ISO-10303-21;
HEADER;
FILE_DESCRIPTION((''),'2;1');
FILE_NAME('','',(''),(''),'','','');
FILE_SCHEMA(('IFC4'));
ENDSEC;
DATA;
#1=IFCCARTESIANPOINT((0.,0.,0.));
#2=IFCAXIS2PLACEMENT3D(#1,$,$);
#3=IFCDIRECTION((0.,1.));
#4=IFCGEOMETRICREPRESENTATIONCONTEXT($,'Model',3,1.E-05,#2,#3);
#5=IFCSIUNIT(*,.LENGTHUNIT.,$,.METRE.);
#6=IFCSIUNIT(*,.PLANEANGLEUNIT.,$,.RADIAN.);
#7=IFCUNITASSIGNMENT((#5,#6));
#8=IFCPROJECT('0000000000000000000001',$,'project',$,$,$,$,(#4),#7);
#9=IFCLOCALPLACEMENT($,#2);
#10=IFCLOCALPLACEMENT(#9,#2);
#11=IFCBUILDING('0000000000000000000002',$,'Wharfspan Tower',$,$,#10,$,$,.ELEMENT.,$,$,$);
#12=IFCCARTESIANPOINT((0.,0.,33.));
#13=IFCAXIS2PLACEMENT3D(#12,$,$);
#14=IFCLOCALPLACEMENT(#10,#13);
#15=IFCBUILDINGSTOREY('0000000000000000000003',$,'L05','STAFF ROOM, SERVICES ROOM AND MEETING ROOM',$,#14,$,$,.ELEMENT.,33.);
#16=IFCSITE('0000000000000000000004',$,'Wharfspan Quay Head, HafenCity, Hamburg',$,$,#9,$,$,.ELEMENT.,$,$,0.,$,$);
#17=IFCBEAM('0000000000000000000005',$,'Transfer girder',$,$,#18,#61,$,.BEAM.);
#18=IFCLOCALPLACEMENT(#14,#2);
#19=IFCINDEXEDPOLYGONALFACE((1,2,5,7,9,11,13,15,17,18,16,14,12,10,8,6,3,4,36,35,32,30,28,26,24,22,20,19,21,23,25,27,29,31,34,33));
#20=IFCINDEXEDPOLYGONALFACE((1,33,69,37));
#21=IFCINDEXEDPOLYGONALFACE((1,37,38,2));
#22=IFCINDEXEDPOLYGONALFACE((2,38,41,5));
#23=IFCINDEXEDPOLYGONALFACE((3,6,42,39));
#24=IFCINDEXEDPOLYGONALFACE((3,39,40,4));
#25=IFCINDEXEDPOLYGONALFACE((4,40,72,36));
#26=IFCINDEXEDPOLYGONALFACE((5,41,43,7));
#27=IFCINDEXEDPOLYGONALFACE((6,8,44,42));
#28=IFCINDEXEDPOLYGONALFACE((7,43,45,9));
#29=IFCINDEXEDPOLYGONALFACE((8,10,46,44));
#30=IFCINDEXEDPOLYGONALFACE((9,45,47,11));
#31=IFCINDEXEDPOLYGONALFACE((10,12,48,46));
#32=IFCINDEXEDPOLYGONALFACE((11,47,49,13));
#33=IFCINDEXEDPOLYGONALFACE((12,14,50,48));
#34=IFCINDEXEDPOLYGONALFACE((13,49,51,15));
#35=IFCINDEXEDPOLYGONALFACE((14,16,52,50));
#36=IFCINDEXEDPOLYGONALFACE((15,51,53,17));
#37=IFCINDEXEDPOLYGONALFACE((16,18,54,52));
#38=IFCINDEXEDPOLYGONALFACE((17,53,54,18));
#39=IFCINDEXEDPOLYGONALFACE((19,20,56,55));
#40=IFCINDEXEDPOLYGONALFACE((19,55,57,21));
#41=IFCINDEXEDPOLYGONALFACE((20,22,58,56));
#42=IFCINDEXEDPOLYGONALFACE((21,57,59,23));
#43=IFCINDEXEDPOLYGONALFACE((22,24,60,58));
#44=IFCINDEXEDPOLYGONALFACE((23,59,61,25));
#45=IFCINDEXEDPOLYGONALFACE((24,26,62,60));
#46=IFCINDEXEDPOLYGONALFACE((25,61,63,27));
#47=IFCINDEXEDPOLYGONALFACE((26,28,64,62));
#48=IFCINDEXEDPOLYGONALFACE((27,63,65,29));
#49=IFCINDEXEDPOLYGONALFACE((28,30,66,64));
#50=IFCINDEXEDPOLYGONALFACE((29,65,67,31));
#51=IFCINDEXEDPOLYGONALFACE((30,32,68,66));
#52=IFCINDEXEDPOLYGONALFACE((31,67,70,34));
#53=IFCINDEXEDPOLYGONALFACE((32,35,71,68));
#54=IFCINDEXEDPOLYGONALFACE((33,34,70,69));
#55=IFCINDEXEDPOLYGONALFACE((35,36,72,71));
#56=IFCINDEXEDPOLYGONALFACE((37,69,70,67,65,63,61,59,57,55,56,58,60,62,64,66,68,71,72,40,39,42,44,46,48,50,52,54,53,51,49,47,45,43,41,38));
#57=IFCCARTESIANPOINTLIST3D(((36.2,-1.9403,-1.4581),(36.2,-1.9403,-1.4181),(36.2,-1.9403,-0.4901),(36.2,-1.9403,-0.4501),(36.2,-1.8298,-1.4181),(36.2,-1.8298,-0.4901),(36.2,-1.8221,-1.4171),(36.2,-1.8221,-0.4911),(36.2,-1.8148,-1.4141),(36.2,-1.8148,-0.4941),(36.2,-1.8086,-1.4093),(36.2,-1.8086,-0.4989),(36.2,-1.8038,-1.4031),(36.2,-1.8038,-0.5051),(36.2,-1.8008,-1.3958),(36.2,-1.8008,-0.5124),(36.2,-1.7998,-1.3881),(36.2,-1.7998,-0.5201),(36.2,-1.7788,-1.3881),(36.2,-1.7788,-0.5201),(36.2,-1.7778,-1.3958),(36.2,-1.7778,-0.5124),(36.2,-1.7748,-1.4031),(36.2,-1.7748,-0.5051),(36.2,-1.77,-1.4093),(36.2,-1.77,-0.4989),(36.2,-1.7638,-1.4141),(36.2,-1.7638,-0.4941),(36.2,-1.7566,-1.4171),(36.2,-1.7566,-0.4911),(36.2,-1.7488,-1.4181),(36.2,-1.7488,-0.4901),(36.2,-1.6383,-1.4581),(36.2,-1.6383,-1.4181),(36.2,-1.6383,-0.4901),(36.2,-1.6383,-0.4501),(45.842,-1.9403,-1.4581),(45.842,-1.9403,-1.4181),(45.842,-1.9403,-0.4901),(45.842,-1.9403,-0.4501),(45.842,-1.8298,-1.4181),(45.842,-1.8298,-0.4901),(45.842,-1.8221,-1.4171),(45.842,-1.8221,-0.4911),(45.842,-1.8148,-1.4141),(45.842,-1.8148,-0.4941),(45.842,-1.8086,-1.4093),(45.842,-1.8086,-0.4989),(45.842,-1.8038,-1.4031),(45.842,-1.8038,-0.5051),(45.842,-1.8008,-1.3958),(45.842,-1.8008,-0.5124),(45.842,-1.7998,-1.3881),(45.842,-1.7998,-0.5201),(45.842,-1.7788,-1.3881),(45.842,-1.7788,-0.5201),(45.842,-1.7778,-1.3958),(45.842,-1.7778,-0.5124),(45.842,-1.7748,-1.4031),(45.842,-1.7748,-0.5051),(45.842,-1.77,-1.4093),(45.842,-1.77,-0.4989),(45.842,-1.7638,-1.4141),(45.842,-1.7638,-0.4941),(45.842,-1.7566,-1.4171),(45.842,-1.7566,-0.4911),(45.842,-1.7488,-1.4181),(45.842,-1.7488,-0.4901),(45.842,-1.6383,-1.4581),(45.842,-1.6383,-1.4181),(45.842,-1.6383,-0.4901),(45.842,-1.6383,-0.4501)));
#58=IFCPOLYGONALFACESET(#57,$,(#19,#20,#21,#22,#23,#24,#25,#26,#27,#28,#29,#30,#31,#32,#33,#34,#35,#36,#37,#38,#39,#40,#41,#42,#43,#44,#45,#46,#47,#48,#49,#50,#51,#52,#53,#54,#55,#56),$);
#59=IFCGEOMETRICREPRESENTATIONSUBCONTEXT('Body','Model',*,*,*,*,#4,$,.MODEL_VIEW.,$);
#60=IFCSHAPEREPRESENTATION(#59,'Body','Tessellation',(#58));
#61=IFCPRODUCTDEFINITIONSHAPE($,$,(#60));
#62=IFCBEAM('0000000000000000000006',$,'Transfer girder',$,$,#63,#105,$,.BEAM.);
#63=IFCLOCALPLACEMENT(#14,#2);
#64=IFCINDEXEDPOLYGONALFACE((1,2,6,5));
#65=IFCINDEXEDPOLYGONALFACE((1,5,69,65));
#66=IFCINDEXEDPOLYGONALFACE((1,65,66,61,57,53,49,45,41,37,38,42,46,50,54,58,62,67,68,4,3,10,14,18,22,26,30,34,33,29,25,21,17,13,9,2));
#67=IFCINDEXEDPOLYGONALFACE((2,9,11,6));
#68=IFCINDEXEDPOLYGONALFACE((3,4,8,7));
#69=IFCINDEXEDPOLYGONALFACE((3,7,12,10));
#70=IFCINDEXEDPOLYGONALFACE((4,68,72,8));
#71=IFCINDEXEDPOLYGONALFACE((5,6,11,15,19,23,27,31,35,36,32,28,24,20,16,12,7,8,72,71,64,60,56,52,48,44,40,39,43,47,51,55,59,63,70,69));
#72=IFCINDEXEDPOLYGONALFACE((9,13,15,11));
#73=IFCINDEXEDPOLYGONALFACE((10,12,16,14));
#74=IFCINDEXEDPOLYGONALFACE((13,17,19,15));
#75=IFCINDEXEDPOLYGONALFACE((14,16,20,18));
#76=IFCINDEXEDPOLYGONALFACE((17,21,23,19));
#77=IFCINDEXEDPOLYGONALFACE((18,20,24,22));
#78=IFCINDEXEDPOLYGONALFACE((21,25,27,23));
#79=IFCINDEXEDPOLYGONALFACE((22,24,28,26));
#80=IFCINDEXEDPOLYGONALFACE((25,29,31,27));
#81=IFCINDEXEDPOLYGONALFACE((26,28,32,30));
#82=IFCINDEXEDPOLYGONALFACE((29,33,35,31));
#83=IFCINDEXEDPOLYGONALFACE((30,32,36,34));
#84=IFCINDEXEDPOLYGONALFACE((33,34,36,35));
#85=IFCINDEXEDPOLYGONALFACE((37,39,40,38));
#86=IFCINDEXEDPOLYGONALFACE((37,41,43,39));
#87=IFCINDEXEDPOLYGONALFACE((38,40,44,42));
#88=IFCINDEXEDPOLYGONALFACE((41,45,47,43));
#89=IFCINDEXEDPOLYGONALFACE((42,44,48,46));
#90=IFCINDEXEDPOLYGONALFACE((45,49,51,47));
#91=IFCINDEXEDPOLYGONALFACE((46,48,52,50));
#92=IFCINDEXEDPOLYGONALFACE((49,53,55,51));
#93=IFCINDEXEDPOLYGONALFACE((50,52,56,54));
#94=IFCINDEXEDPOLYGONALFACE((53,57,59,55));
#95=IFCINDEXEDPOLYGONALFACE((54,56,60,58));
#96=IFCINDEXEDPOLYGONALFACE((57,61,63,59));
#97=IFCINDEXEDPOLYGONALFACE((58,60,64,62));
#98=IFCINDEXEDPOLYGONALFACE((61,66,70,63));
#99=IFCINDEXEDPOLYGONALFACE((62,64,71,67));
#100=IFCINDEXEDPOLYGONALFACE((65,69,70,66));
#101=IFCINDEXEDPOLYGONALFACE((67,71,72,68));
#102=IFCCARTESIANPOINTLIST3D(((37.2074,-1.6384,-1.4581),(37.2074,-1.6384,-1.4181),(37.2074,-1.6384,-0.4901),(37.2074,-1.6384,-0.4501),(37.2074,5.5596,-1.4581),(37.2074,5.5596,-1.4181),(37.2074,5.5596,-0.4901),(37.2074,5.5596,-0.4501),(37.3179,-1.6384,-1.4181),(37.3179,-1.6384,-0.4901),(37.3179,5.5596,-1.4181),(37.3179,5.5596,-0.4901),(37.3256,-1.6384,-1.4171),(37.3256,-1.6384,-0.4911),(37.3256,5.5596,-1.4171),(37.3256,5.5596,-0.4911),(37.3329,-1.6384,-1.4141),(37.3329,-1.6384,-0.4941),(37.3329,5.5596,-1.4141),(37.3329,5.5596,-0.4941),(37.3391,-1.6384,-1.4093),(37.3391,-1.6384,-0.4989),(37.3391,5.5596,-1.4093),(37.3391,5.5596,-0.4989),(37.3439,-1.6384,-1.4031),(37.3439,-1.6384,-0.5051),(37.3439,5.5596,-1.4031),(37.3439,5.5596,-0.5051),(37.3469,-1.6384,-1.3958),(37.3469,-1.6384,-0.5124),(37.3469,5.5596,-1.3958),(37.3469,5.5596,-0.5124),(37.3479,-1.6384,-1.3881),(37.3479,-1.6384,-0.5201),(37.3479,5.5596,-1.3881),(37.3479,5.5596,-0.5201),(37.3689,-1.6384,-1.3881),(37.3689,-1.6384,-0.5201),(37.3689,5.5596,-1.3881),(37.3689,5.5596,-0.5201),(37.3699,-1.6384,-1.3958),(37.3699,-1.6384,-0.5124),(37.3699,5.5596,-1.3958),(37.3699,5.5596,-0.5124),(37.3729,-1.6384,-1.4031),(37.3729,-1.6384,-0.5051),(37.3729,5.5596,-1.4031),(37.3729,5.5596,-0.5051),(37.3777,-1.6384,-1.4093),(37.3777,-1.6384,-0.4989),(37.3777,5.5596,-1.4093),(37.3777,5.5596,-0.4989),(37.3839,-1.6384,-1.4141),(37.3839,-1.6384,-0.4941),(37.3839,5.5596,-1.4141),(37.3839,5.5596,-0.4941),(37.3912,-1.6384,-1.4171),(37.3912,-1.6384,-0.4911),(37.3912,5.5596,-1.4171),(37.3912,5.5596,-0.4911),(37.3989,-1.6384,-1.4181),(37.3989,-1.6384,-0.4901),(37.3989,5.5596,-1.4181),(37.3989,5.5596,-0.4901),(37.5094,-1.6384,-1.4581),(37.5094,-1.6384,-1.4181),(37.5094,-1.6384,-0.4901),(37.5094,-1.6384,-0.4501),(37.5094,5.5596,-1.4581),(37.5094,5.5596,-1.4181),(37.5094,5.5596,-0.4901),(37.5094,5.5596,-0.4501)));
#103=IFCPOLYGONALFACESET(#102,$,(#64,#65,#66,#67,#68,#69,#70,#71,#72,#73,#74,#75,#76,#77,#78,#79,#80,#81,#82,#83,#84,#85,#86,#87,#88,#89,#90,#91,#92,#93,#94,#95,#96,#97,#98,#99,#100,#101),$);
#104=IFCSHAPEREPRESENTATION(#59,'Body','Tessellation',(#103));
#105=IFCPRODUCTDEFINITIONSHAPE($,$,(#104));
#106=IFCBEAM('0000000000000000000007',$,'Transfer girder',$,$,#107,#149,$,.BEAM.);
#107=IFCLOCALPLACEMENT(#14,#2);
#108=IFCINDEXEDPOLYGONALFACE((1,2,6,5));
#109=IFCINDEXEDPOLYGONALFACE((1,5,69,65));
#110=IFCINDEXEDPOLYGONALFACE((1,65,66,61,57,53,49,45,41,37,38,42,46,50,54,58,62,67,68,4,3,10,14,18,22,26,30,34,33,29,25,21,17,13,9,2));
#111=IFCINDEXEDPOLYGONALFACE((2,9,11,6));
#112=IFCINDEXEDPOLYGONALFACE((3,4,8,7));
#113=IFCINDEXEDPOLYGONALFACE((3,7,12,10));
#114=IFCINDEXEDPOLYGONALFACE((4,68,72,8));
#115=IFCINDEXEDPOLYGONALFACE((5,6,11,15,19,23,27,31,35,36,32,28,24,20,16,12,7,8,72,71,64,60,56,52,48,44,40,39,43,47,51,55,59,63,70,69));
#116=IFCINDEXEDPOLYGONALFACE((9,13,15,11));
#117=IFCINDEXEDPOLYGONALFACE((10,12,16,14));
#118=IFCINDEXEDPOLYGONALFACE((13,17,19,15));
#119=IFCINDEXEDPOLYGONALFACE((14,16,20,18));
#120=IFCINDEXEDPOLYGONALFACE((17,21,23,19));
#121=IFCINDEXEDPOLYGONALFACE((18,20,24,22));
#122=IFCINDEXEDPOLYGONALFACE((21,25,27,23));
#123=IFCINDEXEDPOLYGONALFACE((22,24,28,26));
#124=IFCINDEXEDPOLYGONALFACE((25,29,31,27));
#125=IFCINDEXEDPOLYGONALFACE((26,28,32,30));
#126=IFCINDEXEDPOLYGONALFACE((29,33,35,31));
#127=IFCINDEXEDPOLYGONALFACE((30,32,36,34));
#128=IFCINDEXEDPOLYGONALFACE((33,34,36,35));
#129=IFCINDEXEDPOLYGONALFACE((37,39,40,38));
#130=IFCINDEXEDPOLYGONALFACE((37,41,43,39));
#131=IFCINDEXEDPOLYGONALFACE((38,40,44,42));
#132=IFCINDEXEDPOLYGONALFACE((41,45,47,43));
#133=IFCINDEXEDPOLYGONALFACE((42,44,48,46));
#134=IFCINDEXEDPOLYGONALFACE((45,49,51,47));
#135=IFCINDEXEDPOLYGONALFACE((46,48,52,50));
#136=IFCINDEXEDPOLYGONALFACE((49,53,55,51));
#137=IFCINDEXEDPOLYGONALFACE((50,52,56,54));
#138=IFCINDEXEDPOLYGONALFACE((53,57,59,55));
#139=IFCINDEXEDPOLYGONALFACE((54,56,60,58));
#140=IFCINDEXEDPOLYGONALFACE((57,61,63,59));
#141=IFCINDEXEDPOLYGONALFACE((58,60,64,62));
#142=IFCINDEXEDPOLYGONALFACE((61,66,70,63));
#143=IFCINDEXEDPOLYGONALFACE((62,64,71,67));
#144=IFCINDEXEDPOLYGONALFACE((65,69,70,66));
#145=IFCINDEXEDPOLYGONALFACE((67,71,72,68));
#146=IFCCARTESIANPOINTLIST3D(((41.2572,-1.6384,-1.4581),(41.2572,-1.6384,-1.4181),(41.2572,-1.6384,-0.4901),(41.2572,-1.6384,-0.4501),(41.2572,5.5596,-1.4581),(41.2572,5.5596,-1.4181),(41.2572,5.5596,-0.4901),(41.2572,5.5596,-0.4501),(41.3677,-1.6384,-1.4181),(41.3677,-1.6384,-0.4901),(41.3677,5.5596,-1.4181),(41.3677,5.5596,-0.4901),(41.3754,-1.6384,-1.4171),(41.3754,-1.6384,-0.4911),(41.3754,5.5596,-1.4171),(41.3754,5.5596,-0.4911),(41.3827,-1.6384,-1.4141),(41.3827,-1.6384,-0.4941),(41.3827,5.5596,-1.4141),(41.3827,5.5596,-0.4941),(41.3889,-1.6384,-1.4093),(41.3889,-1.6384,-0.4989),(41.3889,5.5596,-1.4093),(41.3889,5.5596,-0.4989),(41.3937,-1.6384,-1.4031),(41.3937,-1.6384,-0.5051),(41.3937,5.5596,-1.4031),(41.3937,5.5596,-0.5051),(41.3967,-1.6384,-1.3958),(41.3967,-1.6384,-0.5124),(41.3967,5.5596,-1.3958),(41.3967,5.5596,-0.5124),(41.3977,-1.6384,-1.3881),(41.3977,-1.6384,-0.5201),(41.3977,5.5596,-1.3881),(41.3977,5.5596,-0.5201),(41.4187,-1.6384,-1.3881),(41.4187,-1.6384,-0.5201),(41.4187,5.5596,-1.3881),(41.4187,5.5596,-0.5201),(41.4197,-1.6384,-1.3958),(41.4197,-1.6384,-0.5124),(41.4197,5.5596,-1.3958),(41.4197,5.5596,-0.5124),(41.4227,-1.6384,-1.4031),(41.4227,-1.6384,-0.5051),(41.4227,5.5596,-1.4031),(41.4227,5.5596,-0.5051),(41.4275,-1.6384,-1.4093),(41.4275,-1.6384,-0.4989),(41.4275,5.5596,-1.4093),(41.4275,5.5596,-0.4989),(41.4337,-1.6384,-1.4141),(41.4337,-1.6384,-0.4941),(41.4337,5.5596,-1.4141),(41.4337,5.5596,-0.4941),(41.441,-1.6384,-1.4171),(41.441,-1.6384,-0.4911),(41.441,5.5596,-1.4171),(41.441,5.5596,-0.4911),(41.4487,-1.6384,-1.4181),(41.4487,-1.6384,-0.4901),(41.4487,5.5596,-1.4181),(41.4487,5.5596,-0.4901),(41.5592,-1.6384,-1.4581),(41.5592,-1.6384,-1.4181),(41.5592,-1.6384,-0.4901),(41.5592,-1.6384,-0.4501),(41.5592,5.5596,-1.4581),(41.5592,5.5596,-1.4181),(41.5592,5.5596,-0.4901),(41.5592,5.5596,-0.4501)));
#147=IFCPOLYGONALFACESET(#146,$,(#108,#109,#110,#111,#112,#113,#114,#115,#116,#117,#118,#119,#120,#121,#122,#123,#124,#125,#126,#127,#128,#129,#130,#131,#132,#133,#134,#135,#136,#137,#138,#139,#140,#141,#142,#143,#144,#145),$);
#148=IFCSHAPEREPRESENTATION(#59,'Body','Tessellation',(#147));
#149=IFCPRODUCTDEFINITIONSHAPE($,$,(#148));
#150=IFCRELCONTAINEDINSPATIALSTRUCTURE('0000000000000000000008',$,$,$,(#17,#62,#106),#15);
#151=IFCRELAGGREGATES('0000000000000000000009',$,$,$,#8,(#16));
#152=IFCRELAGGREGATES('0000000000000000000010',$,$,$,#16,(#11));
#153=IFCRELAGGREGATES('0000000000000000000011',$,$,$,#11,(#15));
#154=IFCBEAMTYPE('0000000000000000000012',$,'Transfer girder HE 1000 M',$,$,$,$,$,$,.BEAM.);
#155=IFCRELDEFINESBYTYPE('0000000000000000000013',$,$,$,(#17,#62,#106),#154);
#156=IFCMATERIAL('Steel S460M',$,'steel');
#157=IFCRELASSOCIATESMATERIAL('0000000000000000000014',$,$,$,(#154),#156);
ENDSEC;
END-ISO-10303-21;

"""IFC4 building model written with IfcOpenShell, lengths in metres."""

from ifc_helpers import new_model, si_unit, direction, frame, origin, origin_2d, place, context, subcontext, project, spatial, i_section, extrude, material, material_profile, profile_set, type_object, element, save


model = new_model("IFC4")

# Units and contexts
model_context = context("Model", 3, precision=1e-05, world=origin(), true_north=direction((0.0, 1.0)))
body_context = subcontext(model_context, "Body", "Model", "MODEL_VIEW")
ifc_project = project(units=[si_unit("LENGTHUNIT", "METRE"), si_unit("PLANEANGLEUNIT", "RADIAN")], contexts=[model_context])

# Site, building, storey
site_placement = place(None, origin())
site = spatial("IfcSite", under=ifc_project, at=site_placement, Name="Wharfspan Quay Head, HafenCity, Hamburg", CompositionType="ELEMENT", RefElevation=0.0)
building_placement = place(site_placement, origin())
building = spatial("IfcBuilding", under=site, at=building_placement, Name="Wharfspan Tower", CompositionType="ELEMENT")
storey_placement = place(building_placement, frame((0.0, 0.0, 33.0)))
storey = spatial("IfcBuildingStorey", under=building, at=storey_placement, Name="L05", Description="STAFF ROOM, SERVICES ROOM AND MEETING ROOM", CompositionType="ELEMENT", Elevation=33.0)

# Beams
ifc_material_1 = material(Name="Steel S460M", Category="steel")
ifc_material_profile_1 = material_profile(ifc_material_1, i_section(OverallWidth=0.302, OverallDepth=1.0081, WebThickness=0.021, FlangeThickness=0.04, FilletRadius=0.03, at=origin_2d()))
ifc_profile_set_1 = profile_set([ifc_material_profile_1], Name="Steel S460M")
beam_type = type_object("IfcBeamType", Name="Transfer girder HE 1000 M", PredefinedType="BEAM", material=ifc_profile_set_1)
beam_placement = place(storey_placement, frame((36.2, -1.7893, -0.9541), z_axis=(1.0, 0.0, 0.0), x_axis=(0.0, 1.0, 0.0)))
element("IfcBeam", 1, at=beam_placement, inside=storey, type_object=beam_type, Name="Transfer girder", PredefinedType="BEAM", context=body_context, shape_type="SweptSolid", body=[
    extrude(i_section(OverallWidth=0.302, OverallDepth=1.0081, WebThickness=0.021, FlangeThickness=0.04, FilletRadius=0.03, at=origin_2d()), origin(), (0.0, 0.0, 1.0), 9.6421),
])
for number, where, z_axis, x_axis, name in (
    (2, (37.3584, -1.6384, -0.9541), (0.0, 1.0, 0.0), (-1.0, 0.0, 0.0), "Transfer girder"),
    (3, (41.4082, -1.6384, -0.9541), (0.0, 1.0, 0.0), (-1.0, 0.0, 0.0), "Transfer girder"),
):
    element("IfcBeam", number, at=place(storey_placement, frame(where, z_axis=z_axis, x_axis=x_axis)), inside=storey, type_object=beam_type, Name=name, PredefinedType="BEAM", context=body_context, shape_type="SweptSolid", body=[
        extrude(i_section(OverallWidth=0.302, OverallDepth=1.0081, WebThickness=0.021, FlangeThickness=0.04, FilletRadius=0.03, at=origin_2d()), origin(), (0.0, 0.0, 1.0), 7.198),
    ])

save(model, "model.ifc")
